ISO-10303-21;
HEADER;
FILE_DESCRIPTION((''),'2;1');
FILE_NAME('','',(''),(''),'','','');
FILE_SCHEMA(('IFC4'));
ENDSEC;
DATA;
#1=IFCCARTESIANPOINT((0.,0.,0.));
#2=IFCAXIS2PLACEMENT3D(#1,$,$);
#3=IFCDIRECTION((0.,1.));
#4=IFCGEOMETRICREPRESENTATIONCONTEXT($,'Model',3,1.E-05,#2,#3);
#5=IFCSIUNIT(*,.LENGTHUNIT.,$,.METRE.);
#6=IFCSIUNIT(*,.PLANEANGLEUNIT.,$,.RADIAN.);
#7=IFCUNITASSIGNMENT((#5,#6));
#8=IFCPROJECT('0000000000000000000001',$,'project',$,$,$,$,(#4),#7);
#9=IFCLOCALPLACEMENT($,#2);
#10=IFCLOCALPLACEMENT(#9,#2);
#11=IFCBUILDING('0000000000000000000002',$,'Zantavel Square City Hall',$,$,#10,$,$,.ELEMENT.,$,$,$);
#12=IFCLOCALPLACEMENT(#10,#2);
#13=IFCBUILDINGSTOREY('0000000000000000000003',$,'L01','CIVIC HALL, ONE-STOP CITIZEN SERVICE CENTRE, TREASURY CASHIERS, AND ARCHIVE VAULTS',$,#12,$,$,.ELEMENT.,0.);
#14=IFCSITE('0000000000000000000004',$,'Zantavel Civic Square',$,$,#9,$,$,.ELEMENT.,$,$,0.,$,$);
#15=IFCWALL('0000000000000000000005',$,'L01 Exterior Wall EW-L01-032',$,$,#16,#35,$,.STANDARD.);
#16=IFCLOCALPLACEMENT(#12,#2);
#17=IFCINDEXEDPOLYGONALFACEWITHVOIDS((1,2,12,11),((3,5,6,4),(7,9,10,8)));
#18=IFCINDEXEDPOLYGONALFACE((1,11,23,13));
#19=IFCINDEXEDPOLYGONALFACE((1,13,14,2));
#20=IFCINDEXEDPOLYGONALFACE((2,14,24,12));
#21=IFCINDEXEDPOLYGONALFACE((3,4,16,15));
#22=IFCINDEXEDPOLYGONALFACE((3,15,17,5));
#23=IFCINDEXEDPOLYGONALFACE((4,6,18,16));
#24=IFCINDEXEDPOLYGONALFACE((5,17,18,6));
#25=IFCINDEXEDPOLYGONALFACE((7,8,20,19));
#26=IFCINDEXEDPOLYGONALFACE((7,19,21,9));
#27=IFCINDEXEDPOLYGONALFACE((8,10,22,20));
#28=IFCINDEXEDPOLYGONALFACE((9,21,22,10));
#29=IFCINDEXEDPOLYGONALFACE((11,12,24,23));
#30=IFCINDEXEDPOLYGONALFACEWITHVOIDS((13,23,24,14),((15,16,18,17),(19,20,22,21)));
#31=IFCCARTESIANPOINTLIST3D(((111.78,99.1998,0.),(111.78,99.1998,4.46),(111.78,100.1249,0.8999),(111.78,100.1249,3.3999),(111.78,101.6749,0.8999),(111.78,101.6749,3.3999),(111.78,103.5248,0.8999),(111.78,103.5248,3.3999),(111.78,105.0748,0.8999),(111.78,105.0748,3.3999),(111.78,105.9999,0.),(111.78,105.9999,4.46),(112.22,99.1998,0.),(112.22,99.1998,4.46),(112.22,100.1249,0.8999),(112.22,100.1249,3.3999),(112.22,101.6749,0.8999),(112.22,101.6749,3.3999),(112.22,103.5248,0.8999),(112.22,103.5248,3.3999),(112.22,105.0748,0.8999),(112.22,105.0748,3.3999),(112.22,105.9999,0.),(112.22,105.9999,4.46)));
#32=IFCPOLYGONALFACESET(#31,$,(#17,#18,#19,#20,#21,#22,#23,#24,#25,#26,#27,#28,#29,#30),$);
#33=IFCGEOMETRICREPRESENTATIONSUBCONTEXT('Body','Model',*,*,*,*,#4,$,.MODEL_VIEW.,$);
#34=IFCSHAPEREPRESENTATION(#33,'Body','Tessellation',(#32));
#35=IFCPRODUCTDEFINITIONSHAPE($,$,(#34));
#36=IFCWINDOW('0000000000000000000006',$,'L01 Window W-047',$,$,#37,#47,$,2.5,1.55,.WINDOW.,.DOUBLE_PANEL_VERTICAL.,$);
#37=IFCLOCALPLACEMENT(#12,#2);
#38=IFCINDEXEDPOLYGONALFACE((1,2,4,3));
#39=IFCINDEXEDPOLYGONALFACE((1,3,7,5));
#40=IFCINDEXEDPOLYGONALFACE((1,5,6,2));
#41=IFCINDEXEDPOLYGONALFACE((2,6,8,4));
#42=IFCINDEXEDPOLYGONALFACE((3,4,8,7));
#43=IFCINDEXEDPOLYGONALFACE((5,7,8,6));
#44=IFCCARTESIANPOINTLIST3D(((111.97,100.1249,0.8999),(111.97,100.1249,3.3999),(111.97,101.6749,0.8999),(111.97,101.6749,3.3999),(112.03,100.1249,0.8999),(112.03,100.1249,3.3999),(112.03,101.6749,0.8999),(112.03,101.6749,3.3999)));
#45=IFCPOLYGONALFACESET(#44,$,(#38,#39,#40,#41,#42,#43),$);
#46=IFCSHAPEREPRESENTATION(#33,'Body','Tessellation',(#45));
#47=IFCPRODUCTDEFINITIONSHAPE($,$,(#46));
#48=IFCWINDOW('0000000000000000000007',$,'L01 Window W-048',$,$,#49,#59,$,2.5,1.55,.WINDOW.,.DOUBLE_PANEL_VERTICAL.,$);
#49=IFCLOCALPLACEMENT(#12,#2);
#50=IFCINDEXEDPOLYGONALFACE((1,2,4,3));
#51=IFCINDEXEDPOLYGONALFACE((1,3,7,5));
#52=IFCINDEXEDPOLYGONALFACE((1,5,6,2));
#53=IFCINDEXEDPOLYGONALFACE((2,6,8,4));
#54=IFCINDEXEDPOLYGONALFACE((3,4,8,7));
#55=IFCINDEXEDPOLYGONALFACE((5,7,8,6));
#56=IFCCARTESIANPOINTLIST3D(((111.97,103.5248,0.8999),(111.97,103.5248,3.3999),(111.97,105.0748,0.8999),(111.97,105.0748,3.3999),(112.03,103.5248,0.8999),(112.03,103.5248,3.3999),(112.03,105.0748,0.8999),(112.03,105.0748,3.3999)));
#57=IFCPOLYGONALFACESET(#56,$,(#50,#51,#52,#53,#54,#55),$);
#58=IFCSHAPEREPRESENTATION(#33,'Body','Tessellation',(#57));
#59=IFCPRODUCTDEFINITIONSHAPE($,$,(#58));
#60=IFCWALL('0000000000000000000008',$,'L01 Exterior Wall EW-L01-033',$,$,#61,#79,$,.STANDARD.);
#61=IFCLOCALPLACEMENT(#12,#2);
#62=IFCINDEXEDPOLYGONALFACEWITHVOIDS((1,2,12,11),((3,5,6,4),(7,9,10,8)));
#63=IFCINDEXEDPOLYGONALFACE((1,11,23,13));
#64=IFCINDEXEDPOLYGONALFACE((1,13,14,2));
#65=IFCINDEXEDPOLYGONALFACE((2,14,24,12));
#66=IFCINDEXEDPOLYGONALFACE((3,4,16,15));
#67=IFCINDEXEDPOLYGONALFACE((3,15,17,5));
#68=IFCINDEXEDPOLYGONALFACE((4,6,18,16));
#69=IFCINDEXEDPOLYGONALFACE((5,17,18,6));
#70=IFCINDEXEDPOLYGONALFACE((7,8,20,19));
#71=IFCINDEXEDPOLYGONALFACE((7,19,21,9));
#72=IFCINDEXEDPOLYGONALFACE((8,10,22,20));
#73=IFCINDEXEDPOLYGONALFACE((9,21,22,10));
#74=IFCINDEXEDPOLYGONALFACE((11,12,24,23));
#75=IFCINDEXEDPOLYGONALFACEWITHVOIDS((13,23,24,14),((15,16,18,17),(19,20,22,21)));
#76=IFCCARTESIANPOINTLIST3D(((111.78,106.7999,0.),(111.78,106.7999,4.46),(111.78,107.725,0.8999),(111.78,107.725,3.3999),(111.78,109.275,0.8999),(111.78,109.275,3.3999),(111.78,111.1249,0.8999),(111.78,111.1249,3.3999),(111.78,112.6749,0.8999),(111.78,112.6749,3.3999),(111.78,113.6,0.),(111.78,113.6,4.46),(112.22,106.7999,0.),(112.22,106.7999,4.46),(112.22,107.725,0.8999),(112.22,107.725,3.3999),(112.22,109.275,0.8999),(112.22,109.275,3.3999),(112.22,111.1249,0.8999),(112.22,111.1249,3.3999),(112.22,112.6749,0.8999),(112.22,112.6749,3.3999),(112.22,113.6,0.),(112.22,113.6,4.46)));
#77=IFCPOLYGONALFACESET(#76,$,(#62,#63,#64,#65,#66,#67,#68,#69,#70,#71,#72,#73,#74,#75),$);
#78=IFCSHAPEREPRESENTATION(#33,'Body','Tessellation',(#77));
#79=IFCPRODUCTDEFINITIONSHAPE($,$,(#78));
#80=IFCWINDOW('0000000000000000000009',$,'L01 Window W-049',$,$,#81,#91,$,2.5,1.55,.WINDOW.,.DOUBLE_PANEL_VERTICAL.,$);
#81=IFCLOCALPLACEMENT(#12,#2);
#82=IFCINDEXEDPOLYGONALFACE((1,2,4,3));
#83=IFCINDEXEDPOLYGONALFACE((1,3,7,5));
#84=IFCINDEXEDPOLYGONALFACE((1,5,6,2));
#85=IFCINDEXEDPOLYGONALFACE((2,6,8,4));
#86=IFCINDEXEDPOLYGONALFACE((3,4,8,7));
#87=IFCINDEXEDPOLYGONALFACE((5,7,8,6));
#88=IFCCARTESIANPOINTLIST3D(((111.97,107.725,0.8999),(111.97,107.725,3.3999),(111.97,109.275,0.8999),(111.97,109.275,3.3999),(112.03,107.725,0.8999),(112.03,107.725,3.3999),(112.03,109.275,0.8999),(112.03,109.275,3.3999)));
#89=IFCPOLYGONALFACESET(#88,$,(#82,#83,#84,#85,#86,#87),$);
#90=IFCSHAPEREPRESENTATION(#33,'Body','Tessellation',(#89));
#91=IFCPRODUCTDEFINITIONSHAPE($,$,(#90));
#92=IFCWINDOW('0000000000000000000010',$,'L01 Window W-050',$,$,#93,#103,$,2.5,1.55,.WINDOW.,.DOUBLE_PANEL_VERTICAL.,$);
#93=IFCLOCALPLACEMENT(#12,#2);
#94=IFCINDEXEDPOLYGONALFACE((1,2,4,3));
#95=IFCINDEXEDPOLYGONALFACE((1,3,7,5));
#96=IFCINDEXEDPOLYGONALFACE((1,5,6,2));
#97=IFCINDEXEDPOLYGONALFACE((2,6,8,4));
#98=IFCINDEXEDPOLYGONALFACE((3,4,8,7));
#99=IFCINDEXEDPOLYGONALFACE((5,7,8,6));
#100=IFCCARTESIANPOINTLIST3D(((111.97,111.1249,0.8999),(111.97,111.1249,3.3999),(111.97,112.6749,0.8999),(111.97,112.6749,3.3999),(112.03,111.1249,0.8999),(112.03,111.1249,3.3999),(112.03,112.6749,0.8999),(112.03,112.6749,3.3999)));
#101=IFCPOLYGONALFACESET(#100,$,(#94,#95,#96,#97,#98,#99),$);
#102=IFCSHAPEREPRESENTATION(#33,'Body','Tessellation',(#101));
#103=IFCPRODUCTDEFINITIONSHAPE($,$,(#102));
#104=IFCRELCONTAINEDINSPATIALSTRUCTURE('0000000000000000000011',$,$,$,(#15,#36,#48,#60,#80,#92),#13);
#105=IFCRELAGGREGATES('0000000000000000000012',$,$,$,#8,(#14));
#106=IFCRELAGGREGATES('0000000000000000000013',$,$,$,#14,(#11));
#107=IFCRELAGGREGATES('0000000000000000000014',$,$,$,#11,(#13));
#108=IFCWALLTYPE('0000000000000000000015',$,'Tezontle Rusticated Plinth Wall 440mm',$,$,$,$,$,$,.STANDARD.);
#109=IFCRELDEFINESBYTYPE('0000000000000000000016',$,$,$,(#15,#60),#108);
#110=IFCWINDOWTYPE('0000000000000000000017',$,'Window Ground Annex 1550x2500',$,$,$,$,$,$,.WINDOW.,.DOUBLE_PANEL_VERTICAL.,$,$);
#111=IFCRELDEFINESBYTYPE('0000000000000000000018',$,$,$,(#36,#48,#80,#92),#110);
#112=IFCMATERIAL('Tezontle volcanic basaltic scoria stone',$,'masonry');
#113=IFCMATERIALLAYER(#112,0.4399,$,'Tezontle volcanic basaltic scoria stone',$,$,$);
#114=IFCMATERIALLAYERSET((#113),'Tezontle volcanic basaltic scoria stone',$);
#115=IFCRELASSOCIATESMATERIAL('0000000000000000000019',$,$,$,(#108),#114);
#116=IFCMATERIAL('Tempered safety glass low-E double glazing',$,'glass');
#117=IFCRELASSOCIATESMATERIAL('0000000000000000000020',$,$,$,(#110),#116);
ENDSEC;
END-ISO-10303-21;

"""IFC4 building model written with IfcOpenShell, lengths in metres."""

from ifc_helpers import new_model, si_unit, direction, frame, frame_2d, origin, place, context, subcontext, project, spatial, rectangle, extrude, material, layer, layer_set, type_object, element, fill, save


model = new_model("IFC4")

# Units and contexts
model_context = context("Model", 3, precision=1e-05, world=origin(), true_north=direction((0.0, 1.0)))
body_context = subcontext(model_context, "Body", "Model", "MODEL_VIEW")
ifc_project = project(units=[si_unit("LENGTHUNIT", "METRE"), si_unit("PLANEANGLEUNIT", "RADIAN")], contexts=[model_context])

# Site, building, storey
site_placement = place(None, origin())
site = spatial("IfcSite", under=ifc_project, at=site_placement, Name="Zantavel Civic Square", CompositionType="ELEMENT", RefElevation=0.0)
building_placement = place(site_placement, origin())
building = spatial("IfcBuilding", under=site, at=building_placement, Name="Zantavel Square City Hall", CompositionType="ELEMENT")
storey_placement = place(building_placement, origin())
storey = spatial("IfcBuildingStorey", under=building, at=storey_placement, Name="L01", Description="CIVIC HALL, ONE-STOP CITIZEN SERVICE CENTRE, TREASURY CASHIERS, AND ARCHIVE VAULTS", CompositionType="ELEMENT", Elevation=0.0)

# Walls, openings, windows
ifc_material_1 = material(Name="Tezontle volcanic basaltic scoria stone", Category="masonry")
ifc_layer_1 = layer(ifc_material_1, 0.4399, Name="Tezontle volcanic basaltic scoria stone")
ifc_layer_set_1 = layer_set([ifc_layer_1], Name="Tezontle volcanic basaltic scoria stone")
wall_type_1 = type_object("IfcWallType", Name="Tezontle Rusticated Plinth Wall 440mm", PredefinedType="STANDARD", material=ifc_layer_set_1)
ifc_material_2 = material(Name="Tempered safety glass low-E double glazing", Category="glass")
window_type_1 = type_object("IfcWindowType", Name="Window Ground Annex 1550x2500", PartitioningType="DOUBLE_PANEL_VERTICAL", PredefinedType="WINDOW", material=ifc_material_2)
wall_1_placement = place(storey_placement, frame((112.0, 99.2, 0.0), z_axis=(0.0, 0.0, 1.0), x_axis=(0.0, 1.0, 0.0)))
wall_1 = element("IfcWall", 1, at=wall_1_placement, inside=storey, type_object=wall_type_1, Name="L01 Exterior Wall EW-L01-032", PredefinedType="STANDARD", context=body_context, shape_type="SweptSolid", body=[
    extrude(rectangle(XDim=6.8, YDim=0.4399, at=frame_2d((3.3999, 0.0))), origin(), (0.0, 0.0, 1.0), 4.46),
])
opening_1_placement = place(wall_1_placement, frame((0.925, 0.0, 0.8999)))
opening_1 = element("IfcOpeningElement", 2, at=opening_1_placement, cuts=wall_1, PredefinedType="OPENING", context=body_context, shape_type="SweptSolid", body=[
    extrude(rectangle(XDim=1.55, YDim=2.5, at=frame_2d((0.7749, 1.25))), frame((0.0, 0.23, 0.0), z_axis=(0.0, -1.0, 0.0), x_axis=(1.0, 0.0, 0.0)), (0.0, 0.0, 1.0), 0.46),
])
opening_2_placement = place(wall_1_placement, frame((4.325, 0.0, 0.8999)))
opening_2 = element("IfcOpeningElement", 3, at=opening_2_placement, cuts=wall_1, PredefinedType="OPENING", context=body_context, shape_type="SweptSolid", body=[
    extrude(rectangle(XDim=1.55, YDim=2.5, at=frame_2d((0.7749, 1.25))), frame((0.0, 0.23, 0.0), z_axis=(0.0, -1.0, 0.0), x_axis=(1.0, 0.0, 0.0)), (0.0, 0.0, 1.0), 0.46),
])
window_1_placement = place(opening_1_placement, origin())
window_1 = element("IfcWindow", 4, at=window_1_placement, inside=storey, type_object=window_type_1, Name="L01 Window W-047", OverallHeight=2.5, OverallWidth=1.55, PartitioningType="DOUBLE_PANEL_VERTICAL", PredefinedType="WINDOW", context=body_context, shape_type="SweptSolid", body=[
    extrude(rectangle(XDim=1.55, YDim=2.5, at=frame_2d((0.7749, 1.25))), frame((0.0, 0.03, 0.0), z_axis=(0.0, -1.0, 0.0), x_axis=(1.0, 0.0, 0.0)), (0.0, 0.0, 1.0), 0.0601),
])
fill(opening_1, window_1)
window_2_placement = place(opening_2_placement, origin())
window_2 = element("IfcWindow", 5, at=window_2_placement, inside=storey, type_object=window_type_1, Name="L01 Window W-048", OverallHeight=2.5, OverallWidth=1.55, PartitioningType="DOUBLE_PANEL_VERTICAL", PredefinedType="WINDOW", context=body_context, shape_type="SweptSolid", body=[
    extrude(rectangle(XDim=1.55, YDim=2.5, at=frame_2d((0.7749, 1.25))), frame((0.0, 0.03, 0.0), z_axis=(0.0, -1.0, 0.0), x_axis=(1.0, 0.0, 0.0)), (0.0, 0.0, 1.0), 0.0601),
])
fill(opening_2, window_2)
wall_2_placement = place(storey_placement, frame((112.0, 106.8, 0.0), z_axis=(0.0, 0.0, 1.0), x_axis=(0.0, 1.0, 0.0)))
wall_2 = element("IfcWall", 6, at=wall_2_placement, inside=storey, type_object=wall_type_1, Name="L01 Exterior Wall EW-L01-033", PredefinedType="STANDARD", context=body_context, shape_type="SweptSolid", body=[
    extrude(rectangle(XDim=6.8, YDim=0.4399, at=frame_2d((3.3999, 0.0))), origin(), (0.0, 0.0, 1.0), 4.46),
])
opening_3_placement = place(wall_2_placement, frame((0.925, 0.0, 0.8999)))
opening_3 = element("IfcOpeningElement", 7, at=opening_3_placement, cuts=wall_2, PredefinedType="OPENING", context=body_context, shape_type="SweptSolid", body=[
    extrude(rectangle(XDim=1.55, YDim=2.5, at=frame_2d((0.7749, 1.25))), frame((0.0, 0.23, 0.0), z_axis=(0.0, -1.0, 0.0), x_axis=(1.0, 0.0, 0.0)), (0.0, 0.0, 1.0), 0.46),
])
opening_4_placement = place(wall_2_placement, frame((4.325, 0.0, 0.8999)))
opening_4 = element("IfcOpeningElement", 8, at=opening_4_placement, cuts=wall_2, PredefinedType="OPENING", context=body_context, shape_type="SweptSolid", body=[
    extrude(rectangle(XDim=1.55, YDim=2.5, at=frame_2d((0.7749, 1.25))), frame((0.0, 0.23, 0.0), z_axis=(0.0, -1.0, 0.0), x_axis=(1.0, 0.0, 0.0)), (0.0, 0.0, 1.0), 0.46),
])
window_3_placement = place(opening_3_placement, origin())
window_3 = element("IfcWindow", 9, at=window_3_placement, inside=storey, type_object=window_type_1, Name="L01 Window W-049", OverallHeight=2.5, OverallWidth=1.55, PartitioningType="DOUBLE_PANEL_VERTICAL", PredefinedType="WINDOW", context=body_context, shape_type="SweptSolid", body=[
    extrude(rectangle(XDim=1.55, YDim=2.5, at=frame_2d((0.7749, 1.25))), frame((0.0, 0.03, 0.0), z_axis=(0.0, -1.0, 0.0), x_axis=(1.0, 0.0, 0.0)), (0.0, 0.0, 1.0), 0.0601),
])
fill(opening_3, window_3)
window_4_placement = place(opening_4_placement, origin())
window_4 = element("IfcWindow", 10, at=window_4_placement, inside=storey, type_object=window_type_1, Name="L01 Window W-050", OverallHeight=2.5, OverallWidth=1.55, PartitioningType="DOUBLE_PANEL_VERTICAL", PredefinedType="WINDOW", context=body_context, shape_type="SweptSolid", body=[
    extrude(rectangle(XDim=1.55, YDim=2.5, at=frame_2d((0.7749, 1.25))), frame((0.0, 0.03, 0.0), z_axis=(0.0, -1.0, 0.0), x_axis=(1.0, 0.0, 0.0)), (0.0, 0.0, 1.0), 0.0601),
])
fill(opening_4, window_4)

save(model, "model.ifc")
